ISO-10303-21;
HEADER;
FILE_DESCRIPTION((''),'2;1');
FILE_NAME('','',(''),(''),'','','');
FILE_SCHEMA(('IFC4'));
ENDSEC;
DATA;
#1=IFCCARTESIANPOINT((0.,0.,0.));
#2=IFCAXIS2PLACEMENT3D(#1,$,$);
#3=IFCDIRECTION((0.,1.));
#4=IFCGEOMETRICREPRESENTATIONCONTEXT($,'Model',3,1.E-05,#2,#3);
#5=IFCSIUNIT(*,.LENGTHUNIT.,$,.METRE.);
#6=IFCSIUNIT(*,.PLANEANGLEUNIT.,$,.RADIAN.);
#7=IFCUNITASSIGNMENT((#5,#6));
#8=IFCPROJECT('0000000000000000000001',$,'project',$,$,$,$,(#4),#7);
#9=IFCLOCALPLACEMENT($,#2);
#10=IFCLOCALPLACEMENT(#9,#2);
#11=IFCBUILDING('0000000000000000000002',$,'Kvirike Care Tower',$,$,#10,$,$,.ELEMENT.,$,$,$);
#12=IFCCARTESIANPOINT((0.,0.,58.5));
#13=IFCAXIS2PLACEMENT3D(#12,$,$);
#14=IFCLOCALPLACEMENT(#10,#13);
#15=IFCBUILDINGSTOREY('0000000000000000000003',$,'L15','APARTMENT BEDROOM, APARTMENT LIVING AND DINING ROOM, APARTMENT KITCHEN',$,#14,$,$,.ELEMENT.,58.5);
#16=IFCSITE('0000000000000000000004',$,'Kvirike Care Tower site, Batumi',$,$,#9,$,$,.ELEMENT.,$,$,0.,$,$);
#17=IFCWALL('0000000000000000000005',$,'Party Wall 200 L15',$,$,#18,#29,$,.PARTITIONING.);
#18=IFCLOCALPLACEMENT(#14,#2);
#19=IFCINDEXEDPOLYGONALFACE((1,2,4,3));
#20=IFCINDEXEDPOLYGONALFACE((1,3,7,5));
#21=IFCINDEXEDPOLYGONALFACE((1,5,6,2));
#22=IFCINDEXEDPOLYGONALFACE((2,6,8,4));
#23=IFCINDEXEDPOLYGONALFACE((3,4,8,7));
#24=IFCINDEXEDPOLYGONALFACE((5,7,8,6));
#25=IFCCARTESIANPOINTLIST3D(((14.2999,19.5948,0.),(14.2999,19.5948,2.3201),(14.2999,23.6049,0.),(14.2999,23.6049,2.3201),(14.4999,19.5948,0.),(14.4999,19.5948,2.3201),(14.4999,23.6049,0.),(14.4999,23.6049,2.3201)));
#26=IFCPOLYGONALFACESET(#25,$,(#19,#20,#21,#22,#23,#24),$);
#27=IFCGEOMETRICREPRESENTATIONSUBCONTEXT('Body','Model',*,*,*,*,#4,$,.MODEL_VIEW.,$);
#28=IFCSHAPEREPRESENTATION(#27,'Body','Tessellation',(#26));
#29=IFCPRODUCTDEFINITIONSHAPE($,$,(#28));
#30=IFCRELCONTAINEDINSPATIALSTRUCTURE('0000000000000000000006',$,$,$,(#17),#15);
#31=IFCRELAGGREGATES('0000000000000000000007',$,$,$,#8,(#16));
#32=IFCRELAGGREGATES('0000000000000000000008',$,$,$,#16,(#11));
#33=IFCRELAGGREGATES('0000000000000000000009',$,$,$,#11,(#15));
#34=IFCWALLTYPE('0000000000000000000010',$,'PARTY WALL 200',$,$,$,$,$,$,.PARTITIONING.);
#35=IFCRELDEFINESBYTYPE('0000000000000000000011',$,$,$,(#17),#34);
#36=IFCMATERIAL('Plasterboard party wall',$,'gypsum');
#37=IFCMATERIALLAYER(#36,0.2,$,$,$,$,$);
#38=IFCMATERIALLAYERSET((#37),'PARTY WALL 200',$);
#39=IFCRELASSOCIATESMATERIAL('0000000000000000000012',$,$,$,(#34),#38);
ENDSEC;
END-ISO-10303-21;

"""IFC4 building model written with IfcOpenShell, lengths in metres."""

from ifc_helpers import new_model, si_unit, direction, frame, frame_2d, origin, place, context, subcontext, project, spatial, rectangle, extrude, material, layer, layer_set, type_object, element, save


model = new_model("IFC4")

# Units and contexts
model_context = context("Model", 3, precision=1e-05, world=origin(), true_north=direction((0.0, 1.0)))
body_context = subcontext(model_context, "Body", "Model", "MODEL_VIEW")
ifc_project = project(units=[si_unit("LENGTHUNIT", "METRE"), si_unit("PLANEANGLEUNIT", "RADIAN")], contexts=[model_context])

# Site, building, storey
site_placement = place(None, origin())
site = spatial("IfcSite", under=ifc_project, at=site_placement, Name="Kvirike Care Tower site, Batumi", CompositionType="ELEMENT", RefElevation=0.0)
building_placement = place(site_placement, origin())
building = spatial("IfcBuilding", under=site, at=building_placement, Name="Kvirike Care Tower", CompositionType="ELEMENT")
storey_placement = place(building_placement, frame((0.0, 0.0, 58.5)))
storey = spatial("IfcBuildingStorey", under=building, at=storey_placement, Name="L15", Description="APARTMENT BEDROOM, APARTMENT LIVING AND DINING ROOM, APARTMENT KITCHEN", CompositionType="ELEMENT", Elevation=58.5)

# Wall
ifc_material_1 = material(Name="Plasterboard party wall", Category="gypsum")
ifc_layer_1 = layer(ifc_material_1, 0.2)
ifc_layer_set_1 = layer_set([ifc_layer_1], Name="PARTY WALL 200")
wall_type_1 = type_object("IfcWallType", Name="PARTY WALL 200", PredefinedType="PARTITIONING", material=ifc_layer_set_1)
wall_1_placement = place(storey_placement, frame((14.3999, 19.595, 0.0), z_axis=(0.0, 0.0, 1.0), x_axis=(0.0, 1.0, 0.0)))
element("IfcWall", 1, at=wall_1_placement, inside=storey, type_object=wall_type_1, Name="Party Wall 200 L15", PredefinedType="PARTITIONING", context=body_context, shape_type="SweptSolid", body=[
    extrude(rectangle(XDim=4.01, YDim=0.2, at=frame_2d((2.0049, 0.0))), origin(), (0.0, 0.0, 1.0), 2.3201),
])

save(model, "model.ifc")
